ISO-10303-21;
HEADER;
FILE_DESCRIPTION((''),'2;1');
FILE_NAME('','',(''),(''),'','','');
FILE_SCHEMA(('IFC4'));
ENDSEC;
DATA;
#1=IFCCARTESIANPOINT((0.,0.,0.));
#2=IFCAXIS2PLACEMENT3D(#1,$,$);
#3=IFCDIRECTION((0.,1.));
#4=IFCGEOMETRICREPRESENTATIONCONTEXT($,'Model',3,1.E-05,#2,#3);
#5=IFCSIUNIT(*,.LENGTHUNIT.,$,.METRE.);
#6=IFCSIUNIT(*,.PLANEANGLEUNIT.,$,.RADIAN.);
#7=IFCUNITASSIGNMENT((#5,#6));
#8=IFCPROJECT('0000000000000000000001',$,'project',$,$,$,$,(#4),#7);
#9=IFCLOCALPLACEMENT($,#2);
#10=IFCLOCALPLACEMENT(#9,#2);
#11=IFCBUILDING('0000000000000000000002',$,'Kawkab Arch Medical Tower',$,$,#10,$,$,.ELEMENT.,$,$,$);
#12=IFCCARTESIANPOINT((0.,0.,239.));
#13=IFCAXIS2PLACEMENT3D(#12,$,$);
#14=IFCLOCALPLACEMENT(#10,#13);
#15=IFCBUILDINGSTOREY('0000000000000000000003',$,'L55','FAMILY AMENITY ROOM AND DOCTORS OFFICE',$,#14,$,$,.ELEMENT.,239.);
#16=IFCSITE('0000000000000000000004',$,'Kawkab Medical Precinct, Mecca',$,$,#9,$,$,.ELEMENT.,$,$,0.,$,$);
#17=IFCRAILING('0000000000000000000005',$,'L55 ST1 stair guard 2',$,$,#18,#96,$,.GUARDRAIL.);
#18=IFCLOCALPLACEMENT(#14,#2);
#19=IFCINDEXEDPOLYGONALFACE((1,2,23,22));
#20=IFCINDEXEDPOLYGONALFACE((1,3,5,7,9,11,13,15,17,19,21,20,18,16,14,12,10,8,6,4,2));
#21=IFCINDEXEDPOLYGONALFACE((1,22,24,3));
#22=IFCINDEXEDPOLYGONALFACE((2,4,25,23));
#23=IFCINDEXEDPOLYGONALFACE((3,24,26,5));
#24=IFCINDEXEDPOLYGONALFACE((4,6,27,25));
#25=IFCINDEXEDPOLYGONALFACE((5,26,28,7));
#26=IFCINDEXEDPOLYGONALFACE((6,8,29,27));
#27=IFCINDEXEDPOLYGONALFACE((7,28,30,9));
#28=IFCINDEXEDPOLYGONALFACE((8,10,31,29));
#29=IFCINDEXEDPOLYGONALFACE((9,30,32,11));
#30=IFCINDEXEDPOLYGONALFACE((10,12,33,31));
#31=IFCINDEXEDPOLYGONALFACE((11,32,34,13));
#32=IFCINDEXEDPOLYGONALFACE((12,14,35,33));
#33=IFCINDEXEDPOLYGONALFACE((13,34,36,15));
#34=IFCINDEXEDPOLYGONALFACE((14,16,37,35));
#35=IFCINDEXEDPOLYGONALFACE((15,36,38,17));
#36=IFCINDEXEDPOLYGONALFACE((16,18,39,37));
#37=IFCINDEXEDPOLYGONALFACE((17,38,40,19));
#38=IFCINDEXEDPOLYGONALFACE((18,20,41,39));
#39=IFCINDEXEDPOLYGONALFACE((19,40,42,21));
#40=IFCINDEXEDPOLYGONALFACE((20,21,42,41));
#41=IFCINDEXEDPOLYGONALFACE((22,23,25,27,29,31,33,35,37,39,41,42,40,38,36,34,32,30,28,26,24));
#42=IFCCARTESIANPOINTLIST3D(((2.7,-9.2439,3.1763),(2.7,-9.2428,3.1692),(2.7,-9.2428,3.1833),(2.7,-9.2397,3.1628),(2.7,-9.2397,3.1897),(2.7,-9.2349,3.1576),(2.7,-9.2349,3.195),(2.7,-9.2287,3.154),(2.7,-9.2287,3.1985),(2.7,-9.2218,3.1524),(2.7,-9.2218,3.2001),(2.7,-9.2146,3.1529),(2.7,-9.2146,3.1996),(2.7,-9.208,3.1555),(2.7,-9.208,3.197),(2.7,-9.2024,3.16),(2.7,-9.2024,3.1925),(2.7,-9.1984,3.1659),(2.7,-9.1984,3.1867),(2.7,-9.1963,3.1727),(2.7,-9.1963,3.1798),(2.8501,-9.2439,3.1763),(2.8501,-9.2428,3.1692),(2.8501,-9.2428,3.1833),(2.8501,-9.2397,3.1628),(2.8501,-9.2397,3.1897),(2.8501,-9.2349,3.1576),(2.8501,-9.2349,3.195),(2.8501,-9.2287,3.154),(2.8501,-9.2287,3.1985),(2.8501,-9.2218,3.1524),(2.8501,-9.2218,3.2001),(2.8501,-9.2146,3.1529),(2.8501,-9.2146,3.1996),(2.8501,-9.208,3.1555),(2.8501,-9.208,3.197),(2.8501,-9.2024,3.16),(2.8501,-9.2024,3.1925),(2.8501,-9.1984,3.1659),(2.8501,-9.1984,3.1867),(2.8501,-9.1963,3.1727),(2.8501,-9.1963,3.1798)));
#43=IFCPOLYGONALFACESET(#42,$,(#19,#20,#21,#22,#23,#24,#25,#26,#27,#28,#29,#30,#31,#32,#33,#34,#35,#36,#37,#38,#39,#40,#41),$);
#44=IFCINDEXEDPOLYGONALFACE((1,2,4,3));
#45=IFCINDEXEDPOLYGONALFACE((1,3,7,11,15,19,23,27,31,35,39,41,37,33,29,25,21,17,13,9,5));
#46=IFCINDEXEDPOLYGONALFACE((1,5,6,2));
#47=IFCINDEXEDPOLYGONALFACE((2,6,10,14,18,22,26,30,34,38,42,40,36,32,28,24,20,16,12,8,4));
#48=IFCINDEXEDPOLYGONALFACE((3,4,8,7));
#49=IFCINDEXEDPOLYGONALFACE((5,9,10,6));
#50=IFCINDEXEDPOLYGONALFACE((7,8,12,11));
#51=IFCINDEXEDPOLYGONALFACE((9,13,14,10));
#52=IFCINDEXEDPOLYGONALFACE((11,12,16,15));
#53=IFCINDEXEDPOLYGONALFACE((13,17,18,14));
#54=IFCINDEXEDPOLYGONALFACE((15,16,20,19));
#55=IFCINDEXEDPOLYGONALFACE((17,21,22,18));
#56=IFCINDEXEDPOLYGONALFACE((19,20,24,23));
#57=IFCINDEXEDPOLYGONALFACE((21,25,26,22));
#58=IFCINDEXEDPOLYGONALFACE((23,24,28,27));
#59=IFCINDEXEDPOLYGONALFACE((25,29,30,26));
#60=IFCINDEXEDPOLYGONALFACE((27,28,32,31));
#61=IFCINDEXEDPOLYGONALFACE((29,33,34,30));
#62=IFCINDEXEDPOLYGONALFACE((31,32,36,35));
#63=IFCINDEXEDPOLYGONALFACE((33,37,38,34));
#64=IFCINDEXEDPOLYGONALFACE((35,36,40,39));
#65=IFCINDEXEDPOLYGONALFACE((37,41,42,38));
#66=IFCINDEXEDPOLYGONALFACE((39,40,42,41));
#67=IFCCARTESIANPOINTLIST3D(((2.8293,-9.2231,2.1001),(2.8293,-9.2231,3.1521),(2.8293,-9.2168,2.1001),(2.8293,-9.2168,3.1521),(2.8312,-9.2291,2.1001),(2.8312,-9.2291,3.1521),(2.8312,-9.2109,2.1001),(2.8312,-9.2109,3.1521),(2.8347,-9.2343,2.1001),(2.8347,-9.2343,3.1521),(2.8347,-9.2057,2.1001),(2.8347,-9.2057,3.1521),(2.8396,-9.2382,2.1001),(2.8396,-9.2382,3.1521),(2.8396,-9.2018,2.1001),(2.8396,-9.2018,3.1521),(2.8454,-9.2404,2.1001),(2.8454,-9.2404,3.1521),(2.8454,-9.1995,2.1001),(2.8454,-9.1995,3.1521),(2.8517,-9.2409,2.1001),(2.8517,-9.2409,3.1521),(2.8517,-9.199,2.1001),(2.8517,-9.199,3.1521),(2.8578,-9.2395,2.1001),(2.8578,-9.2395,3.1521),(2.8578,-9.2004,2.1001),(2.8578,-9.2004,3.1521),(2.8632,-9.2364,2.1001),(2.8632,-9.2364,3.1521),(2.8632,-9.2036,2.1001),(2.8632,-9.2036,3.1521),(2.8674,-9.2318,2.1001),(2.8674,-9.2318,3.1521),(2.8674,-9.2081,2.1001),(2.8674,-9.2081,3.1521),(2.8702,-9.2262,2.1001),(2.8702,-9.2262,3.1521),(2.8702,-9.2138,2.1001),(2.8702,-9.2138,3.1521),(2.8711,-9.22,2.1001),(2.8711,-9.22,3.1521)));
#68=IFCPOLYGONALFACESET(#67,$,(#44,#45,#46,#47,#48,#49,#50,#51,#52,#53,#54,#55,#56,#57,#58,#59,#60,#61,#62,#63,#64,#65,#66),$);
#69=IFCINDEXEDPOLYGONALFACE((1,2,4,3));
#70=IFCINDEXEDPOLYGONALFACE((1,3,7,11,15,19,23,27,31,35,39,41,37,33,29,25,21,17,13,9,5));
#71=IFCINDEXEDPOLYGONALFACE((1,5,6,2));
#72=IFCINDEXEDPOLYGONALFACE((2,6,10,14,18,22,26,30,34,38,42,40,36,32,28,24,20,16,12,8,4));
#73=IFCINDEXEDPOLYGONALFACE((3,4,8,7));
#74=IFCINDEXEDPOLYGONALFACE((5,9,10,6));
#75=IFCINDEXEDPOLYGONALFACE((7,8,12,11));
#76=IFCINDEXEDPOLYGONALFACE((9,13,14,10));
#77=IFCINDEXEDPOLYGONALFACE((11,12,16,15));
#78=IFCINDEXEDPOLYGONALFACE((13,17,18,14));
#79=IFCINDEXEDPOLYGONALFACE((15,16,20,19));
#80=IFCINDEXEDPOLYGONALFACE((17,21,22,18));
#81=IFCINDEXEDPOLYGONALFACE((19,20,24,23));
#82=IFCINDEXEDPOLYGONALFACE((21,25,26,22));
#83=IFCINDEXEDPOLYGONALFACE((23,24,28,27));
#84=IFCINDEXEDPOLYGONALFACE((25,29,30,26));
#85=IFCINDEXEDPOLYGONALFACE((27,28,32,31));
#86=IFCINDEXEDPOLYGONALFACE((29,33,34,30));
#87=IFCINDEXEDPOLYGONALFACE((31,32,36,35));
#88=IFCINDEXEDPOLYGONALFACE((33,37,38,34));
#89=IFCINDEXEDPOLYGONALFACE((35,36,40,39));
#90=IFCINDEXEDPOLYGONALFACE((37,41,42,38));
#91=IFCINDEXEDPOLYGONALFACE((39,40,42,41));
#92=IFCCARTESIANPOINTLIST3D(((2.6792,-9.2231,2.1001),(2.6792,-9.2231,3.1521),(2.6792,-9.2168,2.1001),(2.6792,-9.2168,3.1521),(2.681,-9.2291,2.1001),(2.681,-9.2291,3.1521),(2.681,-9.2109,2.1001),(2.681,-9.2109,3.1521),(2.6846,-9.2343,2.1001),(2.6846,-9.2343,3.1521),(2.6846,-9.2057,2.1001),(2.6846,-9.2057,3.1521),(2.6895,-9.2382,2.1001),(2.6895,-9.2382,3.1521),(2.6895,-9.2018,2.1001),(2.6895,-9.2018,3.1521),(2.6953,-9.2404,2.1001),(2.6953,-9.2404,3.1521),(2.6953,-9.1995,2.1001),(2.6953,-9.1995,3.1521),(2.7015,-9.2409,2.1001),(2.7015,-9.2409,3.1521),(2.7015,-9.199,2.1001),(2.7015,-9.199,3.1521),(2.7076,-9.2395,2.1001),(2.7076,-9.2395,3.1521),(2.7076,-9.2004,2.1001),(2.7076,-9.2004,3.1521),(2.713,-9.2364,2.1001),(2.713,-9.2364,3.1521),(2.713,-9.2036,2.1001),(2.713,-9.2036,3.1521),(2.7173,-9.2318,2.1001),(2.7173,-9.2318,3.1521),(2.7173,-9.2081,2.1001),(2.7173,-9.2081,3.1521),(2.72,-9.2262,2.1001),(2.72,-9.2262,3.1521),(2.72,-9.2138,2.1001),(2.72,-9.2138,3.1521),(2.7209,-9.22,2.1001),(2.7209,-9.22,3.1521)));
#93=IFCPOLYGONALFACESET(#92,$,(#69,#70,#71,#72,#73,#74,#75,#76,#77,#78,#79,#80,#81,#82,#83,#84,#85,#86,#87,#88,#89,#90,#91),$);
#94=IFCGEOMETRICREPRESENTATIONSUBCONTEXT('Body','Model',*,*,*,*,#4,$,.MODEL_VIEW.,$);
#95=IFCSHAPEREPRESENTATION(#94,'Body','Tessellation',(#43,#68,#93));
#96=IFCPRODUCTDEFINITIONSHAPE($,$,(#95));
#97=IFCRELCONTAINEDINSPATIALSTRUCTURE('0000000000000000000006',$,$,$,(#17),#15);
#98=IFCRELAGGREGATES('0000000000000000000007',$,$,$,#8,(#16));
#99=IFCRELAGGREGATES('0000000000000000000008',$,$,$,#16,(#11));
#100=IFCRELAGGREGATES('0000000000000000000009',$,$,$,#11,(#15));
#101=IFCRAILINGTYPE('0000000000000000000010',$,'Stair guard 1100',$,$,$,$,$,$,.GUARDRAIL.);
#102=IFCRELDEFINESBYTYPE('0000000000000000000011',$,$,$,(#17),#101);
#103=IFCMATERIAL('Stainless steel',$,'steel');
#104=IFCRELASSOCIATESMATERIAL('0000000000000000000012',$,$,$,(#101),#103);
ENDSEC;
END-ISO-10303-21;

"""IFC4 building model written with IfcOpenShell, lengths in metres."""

from ifc_helpers import new_model, si_unit, direction, frame, origin, origin_2d, place, context, subcontext, project, spatial, circle, extrude, material, type_object, element, save


model = new_model("IFC4")

# Units and contexts
model_context = context("Model", 3, precision=1e-05, world=origin(), true_north=direction((0.0, 1.0)))
body_context = subcontext(model_context, "Body", "Model", "MODEL_VIEW")
ifc_project = project(units=[si_unit("LENGTHUNIT", "METRE"), si_unit("PLANEANGLEUNIT", "RADIAN")], contexts=[model_context])

# Site, building, storey
site_placement = place(None, origin())
site = spatial("IfcSite", under=ifc_project, at=site_placement, Name="Kawkab Medical Precinct, Mecca", CompositionType="ELEMENT", RefElevation=0.0)
building_placement = place(site_placement, origin())
building = spatial("IfcBuilding", under=site, at=building_placement, Name="Kawkab Arch Medical Tower", CompositionType="ELEMENT")
storey_placement = place(building_placement, frame((0.0, 0.0, 239.0)))
storey = spatial("IfcBuildingStorey", under=building, at=storey_placement, Name="L55", Description="FAMILY AMENITY ROOM AND DOCTORS OFFICE", CompositionType="ELEMENT", Elevation=239.0)

# Railing
ifc_material_1 = material(Name="Stainless steel", Category="steel")
railing_type_1 = type_object("IfcRailingType", Name="Stair guard 1100", PredefinedType="GUARDRAIL", material=ifc_material_1)
railing_1_placement = place(storey_placement, frame((2.8501, -9.22, 2.1001)))
element("IfcRailing", 1, at=railing_1_placement, inside=storey, type_object=railing_type_1, Name="L55 ST1 stair guard 2", PredefinedType="GUARDRAIL", context=body_context, shape_type="SweptSolid", body=[
    extrude(circle(Radius=0.0239, at=origin_2d()), frame((0.0, 0.0, 1.0762), z_axis=(-1.0, 0.0, 0.0), x_axis=(0.0, -1.0, 0.0)), (0.0, 0.0, 1.0), 0.1501),
    extrude(circle(Radius=0.021, at=origin_2d()), origin(), (0.0, 0.0, 1.0), 1.052),
    extrude(circle(Radius=0.021, at=origin_2d()), frame((-0.1501, 0.0, 0.0)), (0.0, 0.0, 1.0), 1.052),
])

save(model, "model.ifc")
